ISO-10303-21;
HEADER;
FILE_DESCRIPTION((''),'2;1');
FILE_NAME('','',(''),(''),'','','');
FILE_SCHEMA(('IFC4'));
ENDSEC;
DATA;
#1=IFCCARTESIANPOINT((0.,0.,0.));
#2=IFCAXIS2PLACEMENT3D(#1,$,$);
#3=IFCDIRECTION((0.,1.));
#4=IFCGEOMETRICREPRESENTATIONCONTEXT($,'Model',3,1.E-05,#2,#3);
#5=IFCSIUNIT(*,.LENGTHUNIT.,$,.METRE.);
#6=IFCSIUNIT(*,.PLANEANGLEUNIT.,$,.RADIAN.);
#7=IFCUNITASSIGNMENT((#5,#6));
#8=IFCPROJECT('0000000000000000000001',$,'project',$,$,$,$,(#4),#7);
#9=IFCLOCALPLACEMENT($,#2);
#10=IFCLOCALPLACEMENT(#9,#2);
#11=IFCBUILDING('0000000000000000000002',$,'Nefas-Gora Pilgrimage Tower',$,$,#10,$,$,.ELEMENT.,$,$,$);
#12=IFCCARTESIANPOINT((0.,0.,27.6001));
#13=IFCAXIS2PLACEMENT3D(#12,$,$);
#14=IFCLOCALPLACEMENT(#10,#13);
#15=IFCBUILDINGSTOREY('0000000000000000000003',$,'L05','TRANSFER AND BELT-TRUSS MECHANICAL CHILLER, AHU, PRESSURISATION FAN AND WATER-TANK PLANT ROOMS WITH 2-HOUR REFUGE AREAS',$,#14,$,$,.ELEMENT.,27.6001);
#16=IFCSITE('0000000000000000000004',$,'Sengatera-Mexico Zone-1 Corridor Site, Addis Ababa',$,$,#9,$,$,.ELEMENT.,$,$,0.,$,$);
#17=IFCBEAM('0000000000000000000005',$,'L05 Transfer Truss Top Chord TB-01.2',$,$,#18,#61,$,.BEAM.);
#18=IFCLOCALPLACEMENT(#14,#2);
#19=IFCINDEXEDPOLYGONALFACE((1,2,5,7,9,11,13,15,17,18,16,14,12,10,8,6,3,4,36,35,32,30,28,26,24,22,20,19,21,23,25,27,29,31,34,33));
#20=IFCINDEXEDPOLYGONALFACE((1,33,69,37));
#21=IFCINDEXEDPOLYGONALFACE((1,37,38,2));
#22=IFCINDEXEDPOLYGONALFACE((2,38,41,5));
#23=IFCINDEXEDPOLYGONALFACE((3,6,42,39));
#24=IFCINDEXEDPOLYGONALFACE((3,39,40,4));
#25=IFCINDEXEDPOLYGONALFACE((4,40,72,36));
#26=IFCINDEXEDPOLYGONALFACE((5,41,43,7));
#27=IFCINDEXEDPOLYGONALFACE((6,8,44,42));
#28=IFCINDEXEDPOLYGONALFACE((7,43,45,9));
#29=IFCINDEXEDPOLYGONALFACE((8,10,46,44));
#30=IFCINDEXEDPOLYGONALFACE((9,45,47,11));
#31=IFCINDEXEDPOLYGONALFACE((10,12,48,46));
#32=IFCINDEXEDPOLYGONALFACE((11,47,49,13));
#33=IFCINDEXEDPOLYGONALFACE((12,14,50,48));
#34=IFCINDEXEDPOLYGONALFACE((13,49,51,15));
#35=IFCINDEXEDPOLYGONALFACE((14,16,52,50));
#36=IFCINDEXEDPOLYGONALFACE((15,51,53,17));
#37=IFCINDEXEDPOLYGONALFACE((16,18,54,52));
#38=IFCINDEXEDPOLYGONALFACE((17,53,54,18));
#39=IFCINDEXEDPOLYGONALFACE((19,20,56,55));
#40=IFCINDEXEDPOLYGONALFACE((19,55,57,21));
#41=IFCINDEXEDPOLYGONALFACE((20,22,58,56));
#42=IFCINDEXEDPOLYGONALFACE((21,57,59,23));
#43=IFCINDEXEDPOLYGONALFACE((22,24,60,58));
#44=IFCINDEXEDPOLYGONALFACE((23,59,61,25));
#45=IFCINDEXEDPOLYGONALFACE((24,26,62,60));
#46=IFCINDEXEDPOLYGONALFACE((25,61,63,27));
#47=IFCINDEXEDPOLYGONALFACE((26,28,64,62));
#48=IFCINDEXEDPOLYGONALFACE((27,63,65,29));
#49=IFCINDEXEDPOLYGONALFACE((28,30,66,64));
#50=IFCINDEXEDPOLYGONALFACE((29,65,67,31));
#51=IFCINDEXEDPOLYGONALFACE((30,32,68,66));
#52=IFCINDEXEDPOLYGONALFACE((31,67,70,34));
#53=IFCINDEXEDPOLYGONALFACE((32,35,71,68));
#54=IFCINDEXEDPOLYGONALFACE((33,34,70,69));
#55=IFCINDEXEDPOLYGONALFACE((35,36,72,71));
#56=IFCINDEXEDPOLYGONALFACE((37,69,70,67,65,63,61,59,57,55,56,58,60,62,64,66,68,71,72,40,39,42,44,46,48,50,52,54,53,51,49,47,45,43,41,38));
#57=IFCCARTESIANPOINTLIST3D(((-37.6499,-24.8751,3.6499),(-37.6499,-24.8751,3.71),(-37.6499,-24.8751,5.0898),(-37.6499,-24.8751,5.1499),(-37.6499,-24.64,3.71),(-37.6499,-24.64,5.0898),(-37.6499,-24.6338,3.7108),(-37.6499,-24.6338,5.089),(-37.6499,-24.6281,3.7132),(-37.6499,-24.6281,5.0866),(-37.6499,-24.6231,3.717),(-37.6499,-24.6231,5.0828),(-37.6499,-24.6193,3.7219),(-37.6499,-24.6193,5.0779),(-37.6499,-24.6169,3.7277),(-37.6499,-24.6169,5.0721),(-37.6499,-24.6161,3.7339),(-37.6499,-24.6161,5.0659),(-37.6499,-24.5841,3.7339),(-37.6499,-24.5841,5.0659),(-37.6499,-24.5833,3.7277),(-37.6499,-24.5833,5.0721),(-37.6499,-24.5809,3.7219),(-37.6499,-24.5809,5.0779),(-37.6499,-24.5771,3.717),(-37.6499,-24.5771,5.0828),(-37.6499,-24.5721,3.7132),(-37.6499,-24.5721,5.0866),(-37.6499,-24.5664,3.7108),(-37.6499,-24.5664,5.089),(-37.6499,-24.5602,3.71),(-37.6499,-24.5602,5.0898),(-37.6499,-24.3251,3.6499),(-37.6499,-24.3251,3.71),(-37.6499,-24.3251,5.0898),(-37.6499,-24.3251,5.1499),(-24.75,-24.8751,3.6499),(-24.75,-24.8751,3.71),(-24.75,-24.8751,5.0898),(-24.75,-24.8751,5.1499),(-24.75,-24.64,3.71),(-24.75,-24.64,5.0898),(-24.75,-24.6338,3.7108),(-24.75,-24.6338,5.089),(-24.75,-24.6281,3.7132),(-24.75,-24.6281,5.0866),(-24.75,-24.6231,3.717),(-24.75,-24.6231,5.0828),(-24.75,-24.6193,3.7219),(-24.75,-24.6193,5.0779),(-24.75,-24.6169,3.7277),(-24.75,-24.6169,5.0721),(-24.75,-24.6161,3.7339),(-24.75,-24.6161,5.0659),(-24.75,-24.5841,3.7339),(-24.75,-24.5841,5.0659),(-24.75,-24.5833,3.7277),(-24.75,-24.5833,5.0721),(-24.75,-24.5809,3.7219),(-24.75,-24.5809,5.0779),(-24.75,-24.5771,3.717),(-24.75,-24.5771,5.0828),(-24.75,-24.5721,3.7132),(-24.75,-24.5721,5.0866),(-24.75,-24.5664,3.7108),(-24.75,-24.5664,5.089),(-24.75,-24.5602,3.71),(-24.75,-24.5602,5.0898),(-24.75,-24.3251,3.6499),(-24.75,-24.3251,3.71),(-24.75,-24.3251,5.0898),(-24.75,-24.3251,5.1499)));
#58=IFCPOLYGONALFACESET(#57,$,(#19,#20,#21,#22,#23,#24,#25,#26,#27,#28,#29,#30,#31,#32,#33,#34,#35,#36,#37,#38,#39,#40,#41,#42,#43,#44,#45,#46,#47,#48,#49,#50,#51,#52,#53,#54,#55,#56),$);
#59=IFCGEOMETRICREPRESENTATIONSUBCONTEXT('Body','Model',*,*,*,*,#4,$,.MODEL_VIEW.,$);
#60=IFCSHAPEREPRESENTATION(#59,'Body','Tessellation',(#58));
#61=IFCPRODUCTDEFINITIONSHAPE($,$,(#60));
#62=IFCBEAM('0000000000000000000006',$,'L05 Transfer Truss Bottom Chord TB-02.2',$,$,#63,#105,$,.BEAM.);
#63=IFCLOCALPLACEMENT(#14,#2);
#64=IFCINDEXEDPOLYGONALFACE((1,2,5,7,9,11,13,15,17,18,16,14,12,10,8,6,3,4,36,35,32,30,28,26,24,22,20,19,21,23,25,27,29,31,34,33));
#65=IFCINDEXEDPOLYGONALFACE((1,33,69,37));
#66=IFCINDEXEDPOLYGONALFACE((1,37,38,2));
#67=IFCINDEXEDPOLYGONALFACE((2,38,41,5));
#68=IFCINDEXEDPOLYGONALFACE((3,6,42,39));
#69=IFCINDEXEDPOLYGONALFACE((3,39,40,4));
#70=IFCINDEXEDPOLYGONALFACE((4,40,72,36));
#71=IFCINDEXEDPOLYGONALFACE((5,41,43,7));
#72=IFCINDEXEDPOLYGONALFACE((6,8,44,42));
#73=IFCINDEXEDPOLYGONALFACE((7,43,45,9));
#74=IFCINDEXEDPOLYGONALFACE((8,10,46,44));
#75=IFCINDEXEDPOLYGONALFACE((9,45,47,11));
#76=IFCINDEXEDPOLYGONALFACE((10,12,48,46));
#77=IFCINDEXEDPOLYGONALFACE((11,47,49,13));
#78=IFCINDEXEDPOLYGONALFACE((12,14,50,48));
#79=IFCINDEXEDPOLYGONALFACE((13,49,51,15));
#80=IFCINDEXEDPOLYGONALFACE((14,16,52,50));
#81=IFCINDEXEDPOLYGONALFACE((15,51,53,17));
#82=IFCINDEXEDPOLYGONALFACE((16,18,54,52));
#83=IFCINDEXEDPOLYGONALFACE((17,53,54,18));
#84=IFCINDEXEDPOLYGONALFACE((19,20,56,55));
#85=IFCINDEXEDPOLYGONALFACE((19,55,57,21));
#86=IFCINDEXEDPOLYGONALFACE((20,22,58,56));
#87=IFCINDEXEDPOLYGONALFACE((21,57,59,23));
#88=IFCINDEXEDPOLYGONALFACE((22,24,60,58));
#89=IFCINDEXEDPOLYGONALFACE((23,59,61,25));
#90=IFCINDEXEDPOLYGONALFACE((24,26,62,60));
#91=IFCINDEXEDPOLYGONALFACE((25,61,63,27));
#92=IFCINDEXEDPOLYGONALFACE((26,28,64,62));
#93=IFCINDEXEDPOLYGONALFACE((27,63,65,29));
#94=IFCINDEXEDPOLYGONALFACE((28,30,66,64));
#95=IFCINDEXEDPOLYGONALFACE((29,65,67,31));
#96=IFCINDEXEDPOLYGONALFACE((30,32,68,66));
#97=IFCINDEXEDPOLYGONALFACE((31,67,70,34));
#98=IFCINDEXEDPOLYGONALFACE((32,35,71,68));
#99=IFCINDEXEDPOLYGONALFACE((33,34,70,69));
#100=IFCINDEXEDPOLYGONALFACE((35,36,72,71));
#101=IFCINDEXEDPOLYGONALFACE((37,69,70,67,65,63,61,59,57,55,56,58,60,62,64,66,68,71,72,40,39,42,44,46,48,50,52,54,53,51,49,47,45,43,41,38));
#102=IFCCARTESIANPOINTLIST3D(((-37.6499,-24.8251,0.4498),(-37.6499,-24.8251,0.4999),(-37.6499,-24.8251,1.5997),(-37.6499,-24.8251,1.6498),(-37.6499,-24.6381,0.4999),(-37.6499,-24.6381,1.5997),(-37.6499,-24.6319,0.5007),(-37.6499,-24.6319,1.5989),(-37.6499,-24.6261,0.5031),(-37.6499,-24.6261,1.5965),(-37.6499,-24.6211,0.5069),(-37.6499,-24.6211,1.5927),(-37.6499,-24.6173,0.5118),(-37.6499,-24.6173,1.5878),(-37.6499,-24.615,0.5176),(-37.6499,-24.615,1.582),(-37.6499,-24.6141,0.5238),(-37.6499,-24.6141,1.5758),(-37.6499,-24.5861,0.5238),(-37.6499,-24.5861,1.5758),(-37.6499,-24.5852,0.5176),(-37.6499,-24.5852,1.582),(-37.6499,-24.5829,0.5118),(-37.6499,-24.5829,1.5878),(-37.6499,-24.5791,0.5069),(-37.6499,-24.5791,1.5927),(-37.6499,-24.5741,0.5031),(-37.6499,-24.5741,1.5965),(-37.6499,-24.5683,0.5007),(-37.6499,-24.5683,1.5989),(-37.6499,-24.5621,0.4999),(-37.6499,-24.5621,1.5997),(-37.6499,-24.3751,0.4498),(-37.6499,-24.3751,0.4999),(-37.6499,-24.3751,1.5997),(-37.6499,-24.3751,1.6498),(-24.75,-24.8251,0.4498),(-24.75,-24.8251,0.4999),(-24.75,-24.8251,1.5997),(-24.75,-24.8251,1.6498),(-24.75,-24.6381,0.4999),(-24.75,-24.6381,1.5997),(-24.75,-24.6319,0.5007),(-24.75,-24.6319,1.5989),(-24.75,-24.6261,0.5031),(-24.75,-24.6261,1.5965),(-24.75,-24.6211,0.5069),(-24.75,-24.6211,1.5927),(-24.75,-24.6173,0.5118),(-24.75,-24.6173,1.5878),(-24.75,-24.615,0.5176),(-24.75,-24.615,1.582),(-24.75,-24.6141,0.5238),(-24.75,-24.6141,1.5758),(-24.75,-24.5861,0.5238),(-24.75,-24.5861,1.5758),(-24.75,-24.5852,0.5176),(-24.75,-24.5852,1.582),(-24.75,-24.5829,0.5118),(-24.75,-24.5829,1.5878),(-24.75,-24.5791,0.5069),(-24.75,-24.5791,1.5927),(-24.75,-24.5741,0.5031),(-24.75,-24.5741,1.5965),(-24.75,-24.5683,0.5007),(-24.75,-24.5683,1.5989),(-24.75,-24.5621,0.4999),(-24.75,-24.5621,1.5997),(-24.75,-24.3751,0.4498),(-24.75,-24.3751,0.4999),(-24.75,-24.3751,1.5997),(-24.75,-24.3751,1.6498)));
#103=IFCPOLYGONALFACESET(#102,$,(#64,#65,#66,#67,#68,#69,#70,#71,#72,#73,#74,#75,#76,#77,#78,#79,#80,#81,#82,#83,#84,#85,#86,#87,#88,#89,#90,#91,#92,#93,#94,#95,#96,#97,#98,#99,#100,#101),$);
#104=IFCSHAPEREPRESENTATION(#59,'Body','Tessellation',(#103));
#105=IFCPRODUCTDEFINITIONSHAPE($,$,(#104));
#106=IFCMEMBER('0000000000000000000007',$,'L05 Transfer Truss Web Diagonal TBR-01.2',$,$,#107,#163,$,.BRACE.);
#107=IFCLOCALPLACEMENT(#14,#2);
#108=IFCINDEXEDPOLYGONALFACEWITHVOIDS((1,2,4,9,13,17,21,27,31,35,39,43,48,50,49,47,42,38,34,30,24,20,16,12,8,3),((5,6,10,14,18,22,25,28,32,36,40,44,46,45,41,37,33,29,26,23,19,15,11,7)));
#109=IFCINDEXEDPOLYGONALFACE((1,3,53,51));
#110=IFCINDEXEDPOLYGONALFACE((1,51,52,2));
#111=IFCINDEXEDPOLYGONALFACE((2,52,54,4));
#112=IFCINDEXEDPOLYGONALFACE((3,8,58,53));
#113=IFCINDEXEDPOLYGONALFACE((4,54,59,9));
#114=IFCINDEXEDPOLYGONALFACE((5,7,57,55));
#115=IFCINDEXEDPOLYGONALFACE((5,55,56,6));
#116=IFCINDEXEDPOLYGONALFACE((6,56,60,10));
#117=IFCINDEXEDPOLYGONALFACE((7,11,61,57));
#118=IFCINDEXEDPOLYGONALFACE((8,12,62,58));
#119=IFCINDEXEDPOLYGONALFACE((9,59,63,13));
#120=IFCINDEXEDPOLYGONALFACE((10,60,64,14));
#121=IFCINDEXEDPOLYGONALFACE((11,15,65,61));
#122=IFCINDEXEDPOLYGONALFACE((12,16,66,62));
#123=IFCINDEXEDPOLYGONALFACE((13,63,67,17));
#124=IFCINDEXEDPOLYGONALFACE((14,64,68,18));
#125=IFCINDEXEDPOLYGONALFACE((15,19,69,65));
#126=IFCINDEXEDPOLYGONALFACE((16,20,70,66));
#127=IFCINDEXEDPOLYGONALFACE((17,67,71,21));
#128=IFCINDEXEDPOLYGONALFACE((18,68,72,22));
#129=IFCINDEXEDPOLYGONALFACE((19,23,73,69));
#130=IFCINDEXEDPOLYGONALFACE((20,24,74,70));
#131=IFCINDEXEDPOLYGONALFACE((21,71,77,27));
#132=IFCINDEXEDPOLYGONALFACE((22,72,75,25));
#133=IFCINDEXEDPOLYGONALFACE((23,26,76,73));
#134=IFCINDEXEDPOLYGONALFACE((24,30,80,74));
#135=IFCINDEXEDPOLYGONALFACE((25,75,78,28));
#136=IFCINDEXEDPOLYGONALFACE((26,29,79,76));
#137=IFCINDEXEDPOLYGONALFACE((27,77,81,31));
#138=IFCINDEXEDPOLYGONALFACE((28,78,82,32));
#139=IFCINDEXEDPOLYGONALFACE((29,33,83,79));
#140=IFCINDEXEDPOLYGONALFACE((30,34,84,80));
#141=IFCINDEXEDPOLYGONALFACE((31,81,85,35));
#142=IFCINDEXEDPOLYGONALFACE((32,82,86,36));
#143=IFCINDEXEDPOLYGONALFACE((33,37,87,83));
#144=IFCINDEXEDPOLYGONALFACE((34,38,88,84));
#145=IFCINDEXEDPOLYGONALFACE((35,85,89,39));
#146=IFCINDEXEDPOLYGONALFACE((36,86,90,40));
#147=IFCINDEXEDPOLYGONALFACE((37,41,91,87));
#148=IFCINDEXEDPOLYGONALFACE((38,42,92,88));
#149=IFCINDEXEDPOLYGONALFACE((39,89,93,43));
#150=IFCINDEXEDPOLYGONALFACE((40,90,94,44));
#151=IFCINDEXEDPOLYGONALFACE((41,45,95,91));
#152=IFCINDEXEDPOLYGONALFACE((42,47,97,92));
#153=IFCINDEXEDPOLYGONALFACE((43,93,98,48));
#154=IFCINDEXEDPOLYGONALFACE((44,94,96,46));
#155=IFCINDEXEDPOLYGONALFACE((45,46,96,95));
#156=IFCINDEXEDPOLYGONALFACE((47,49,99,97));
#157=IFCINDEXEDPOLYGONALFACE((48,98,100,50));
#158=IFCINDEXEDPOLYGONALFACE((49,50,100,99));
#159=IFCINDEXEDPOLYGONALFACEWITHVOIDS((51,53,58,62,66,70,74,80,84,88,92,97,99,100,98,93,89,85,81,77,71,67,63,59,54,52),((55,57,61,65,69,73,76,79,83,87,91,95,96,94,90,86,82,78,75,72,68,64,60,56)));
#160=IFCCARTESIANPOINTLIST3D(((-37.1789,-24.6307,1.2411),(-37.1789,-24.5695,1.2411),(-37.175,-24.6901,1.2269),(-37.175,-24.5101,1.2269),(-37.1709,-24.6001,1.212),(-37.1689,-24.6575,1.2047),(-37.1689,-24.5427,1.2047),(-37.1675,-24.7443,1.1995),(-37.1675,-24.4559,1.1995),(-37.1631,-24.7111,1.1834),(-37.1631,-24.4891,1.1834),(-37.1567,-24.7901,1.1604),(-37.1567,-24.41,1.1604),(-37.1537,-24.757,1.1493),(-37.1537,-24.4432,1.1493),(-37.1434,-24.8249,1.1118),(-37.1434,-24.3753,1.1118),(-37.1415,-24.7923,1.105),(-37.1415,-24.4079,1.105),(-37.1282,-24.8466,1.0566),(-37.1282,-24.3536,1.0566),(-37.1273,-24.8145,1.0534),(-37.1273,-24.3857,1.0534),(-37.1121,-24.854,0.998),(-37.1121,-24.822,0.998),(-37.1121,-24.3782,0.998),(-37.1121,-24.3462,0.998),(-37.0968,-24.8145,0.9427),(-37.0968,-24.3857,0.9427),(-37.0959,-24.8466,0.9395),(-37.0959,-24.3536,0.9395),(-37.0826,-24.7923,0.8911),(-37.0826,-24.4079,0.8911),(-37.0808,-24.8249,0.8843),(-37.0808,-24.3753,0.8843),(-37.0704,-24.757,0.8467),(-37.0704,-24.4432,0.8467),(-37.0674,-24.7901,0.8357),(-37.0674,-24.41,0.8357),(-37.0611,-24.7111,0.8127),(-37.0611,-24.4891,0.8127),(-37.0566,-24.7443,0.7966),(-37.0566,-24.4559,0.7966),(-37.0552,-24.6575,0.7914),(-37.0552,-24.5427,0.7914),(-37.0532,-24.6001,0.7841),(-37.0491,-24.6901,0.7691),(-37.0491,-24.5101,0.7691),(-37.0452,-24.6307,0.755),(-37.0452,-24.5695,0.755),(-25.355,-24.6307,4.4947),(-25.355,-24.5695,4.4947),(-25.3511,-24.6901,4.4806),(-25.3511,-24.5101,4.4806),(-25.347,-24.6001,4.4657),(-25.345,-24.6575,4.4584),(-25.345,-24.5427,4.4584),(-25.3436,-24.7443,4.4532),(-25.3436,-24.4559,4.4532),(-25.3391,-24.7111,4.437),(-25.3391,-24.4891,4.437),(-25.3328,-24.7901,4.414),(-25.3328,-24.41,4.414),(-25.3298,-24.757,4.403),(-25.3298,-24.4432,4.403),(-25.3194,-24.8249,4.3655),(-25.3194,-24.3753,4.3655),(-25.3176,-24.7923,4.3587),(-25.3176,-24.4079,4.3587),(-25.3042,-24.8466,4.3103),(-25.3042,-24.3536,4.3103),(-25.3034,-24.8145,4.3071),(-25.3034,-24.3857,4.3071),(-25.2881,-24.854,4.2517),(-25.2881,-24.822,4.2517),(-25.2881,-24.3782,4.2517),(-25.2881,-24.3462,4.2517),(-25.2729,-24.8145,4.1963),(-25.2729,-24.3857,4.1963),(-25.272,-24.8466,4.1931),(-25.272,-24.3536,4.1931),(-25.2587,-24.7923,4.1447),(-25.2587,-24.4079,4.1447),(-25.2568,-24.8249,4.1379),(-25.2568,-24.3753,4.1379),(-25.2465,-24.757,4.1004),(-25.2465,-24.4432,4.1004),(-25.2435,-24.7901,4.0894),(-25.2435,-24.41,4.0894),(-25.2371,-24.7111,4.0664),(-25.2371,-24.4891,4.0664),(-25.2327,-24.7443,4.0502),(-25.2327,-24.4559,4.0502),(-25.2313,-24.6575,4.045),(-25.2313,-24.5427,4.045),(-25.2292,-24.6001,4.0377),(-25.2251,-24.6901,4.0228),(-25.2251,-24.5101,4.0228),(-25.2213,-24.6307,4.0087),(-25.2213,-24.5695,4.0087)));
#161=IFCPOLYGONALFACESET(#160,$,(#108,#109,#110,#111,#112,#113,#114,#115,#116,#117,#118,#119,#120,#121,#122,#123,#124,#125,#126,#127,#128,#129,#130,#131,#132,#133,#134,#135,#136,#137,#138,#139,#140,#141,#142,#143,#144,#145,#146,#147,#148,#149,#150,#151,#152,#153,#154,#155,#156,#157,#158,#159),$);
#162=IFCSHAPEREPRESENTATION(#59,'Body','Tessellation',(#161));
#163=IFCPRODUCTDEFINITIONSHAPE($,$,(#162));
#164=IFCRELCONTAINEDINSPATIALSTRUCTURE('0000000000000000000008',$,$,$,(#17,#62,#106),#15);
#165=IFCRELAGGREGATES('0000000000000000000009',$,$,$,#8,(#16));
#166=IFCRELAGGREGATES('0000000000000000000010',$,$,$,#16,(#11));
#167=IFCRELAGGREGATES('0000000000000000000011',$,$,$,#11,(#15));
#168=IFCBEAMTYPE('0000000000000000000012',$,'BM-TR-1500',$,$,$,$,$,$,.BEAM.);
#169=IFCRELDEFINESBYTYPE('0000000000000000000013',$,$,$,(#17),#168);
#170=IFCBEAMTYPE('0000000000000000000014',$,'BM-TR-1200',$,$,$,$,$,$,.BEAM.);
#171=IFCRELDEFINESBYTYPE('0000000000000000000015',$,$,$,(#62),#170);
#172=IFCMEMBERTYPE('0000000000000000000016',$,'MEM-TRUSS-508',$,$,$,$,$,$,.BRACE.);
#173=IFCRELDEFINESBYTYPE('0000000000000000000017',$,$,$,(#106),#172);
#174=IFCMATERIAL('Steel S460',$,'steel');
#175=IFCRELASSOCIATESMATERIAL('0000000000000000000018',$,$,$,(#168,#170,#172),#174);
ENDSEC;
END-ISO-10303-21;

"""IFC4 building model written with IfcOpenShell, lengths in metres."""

from ifc_helpers import new_model, si_unit, direction, frame, origin, origin_2d, place, context, subcontext, project, spatial, hollow_circle, i_section, extrude, source, transform, mapped, material, material_profile, profile_set, type_object, element, save


model = new_model("IFC4")

# Units and contexts
model_context = context("Model", 3, precision=1e-05, world=origin(), true_north=direction((0.0, 1.0)))
body_context = subcontext(model_context, "Body", "Model", "MODEL_VIEW")
ifc_project = project(units=[si_unit("LENGTHUNIT", "METRE"), si_unit("PLANEANGLEUNIT", "RADIAN")], contexts=[model_context])

# Site, building, storey
site_placement = place(None, origin())
site = spatial("IfcSite", under=ifc_project, at=site_placement, Name="Sengatera-Mexico Zone-1 Corridor Site, Addis Ababa", CompositionType="ELEMENT", RefElevation=0.0)
building_placement = place(site_placement, origin())
building = spatial("IfcBuilding", under=site, at=building_placement, Name="Nefas-Gora Pilgrimage Tower", CompositionType="ELEMENT")
storey_placement = place(building_placement, frame((0.0, 0.0, 27.6001)))
storey = spatial("IfcBuildingStorey", under=building, at=storey_placement, Name="L05", Description="TRANSFER AND BELT-TRUSS MECHANICAL CHILLER, AHU, PRESSURISATION FAN AND WATER-TANK PLANT ROOMS WITH 2-HOUR REFUGE AREAS", CompositionType="ELEMENT", Elevation=27.6001)

# Shared definitions
ifc_material_1 = material(Name="Steel S460", Category="steel")

# Shared definitions
ifc_material_profile_1 = material_profile(ifc_material_1, i_section(OverallWidth=0.55, OverallDepth=1.5, WebThickness=0.032, FlangeThickness=0.0601, FilletRadius=0.0239, at=origin_2d()), Name="WPG 1500x550x32x60")
ifc_profile_set_1 = profile_set([ifc_material_profile_1], Name="Steel S460")
beam_type_1 = type_object("IfcBeamType", Name="BM-TR-1500", PredefinedType="BEAM", material=ifc_profile_set_1)
ifc_material_profile_2 = material_profile(ifc_material_1, i_section(OverallWidth=0.45, OverallDepth=1.2, WebThickness=0.0281, FlangeThickness=0.05, FilletRadius=0.0239, at=origin_2d()), Name="WPG 1200x450x28x50")
ifc_profile_set_2 = profile_set([ifc_material_profile_2], Name="Steel S460")
beam_type_2 = type_object("IfcBeamType", Name="BM-TR-1200", PredefinedType="BEAM", material=ifc_profile_set_2)

# Shared definitions
ifc_material_profile_3 = material_profile(ifc_material_1, hollow_circle(Radius=0.2539, WallThickness=0.032, at=origin_2d()), Name="CHS 508x32")
ifc_profile_set_3 = profile_set([ifc_material_profile_3], Name="Steel S460")
member_type = type_object("IfcMemberType", Name="MEM-TRUSS-508", PredefinedType="BRACE", material=ifc_profile_set_3)

# Beams
shared_shape_1 = source(origin(), body_context, "Body", "SweptSolid", [
    extrude(i_section(OverallWidth=0.55, OverallDepth=1.5, WebThickness=0.032, FlangeThickness=0.0601, FilletRadius=0.0239, at=origin_2d()), origin(), (0.0, 0.0, 1.0), 12.8999),
])
beam_1_placement = place(storey_placement, frame((-37.6499, -24.6001, 4.3999), z_axis=(1.0, 0.0, 0.0), x_axis=(0.0, 1.0, 0.0)))
element("IfcBeam", 1, at=beam_1_placement, inside=storey, type_object=beam_type_1, Name="L05 Transfer Truss Top Chord TB-01.2", PredefinedType="BEAM", context=body_context, shape_type="MappedRepresentation", body=[
    mapped(shared_shape_1, transform((0.0, 0.0, 0.0), x_axis=(1.0, 0.0, 0.0), y_axis=(0.0, 1.0, 0.0), z_axis=(0.0, 0.0, 1.0), scale=1.0)),
])
shared_shape_2 = source(origin(), body_context, "Body", "SweptSolid", [
    extrude(i_section(OverallWidth=0.45, OverallDepth=1.2, WebThickness=0.0281, FlangeThickness=0.05, FilletRadius=0.0239, at=origin_2d()), origin(), (0.0, 0.0, 1.0), 12.8999),
])
beam_2_placement = place(storey_placement, frame((-37.6499, -24.6001, 1.0498), z_axis=(1.0, 0.0, 0.0), x_axis=(0.0, 1.0, 0.0)))
element("IfcBeam", 2, at=beam_2_placement, inside=storey, type_object=beam_type_2, Name="L05 Transfer Truss Bottom Chord TB-02.2", PredefinedType="BEAM", context=body_context, shape_type="MappedRepresentation", body=[
    mapped(shared_shape_2, transform((0.0, 0.0, 0.0), x_axis=(1.0, 0.0, 0.0), y_axis=(0.0, 1.0, 0.0), z_axis=(0.0, 0.0, 1.0), scale=1.0)),
])

# Member
shared_shape_3 = source(origin(), body_context, "Body", "SweptSolid", [
    extrude(hollow_circle(Radius=0.2539, WallThickness=0.032, at=origin_2d()), origin(), (0.0, 0.0, 1.0), 12.2634),
])
member_1_placement = place(storey_placement, frame((-37.1121, -24.6001, 0.998), z_axis=(0.964162, 0.0, 0.265313), x_axis=(0.0, 1.0, 0.0)))
element("IfcMember", 3, at=member_1_placement, inside=storey, type_object=member_type, Name="L05 Transfer Truss Web Diagonal TBR-01.2", PredefinedType="BRACE", context=body_context, shape_type="MappedRepresentation", body=[
    mapped(shared_shape_3, transform((0.0, 0.0, 0.0), x_axis=(1.0, 0.0, 0.0), y_axis=(0.0, 1.0, 0.0), z_axis=(0.0, 0.0, 1.0), scale=1.0)),
])

save(model, "model.ifc")
